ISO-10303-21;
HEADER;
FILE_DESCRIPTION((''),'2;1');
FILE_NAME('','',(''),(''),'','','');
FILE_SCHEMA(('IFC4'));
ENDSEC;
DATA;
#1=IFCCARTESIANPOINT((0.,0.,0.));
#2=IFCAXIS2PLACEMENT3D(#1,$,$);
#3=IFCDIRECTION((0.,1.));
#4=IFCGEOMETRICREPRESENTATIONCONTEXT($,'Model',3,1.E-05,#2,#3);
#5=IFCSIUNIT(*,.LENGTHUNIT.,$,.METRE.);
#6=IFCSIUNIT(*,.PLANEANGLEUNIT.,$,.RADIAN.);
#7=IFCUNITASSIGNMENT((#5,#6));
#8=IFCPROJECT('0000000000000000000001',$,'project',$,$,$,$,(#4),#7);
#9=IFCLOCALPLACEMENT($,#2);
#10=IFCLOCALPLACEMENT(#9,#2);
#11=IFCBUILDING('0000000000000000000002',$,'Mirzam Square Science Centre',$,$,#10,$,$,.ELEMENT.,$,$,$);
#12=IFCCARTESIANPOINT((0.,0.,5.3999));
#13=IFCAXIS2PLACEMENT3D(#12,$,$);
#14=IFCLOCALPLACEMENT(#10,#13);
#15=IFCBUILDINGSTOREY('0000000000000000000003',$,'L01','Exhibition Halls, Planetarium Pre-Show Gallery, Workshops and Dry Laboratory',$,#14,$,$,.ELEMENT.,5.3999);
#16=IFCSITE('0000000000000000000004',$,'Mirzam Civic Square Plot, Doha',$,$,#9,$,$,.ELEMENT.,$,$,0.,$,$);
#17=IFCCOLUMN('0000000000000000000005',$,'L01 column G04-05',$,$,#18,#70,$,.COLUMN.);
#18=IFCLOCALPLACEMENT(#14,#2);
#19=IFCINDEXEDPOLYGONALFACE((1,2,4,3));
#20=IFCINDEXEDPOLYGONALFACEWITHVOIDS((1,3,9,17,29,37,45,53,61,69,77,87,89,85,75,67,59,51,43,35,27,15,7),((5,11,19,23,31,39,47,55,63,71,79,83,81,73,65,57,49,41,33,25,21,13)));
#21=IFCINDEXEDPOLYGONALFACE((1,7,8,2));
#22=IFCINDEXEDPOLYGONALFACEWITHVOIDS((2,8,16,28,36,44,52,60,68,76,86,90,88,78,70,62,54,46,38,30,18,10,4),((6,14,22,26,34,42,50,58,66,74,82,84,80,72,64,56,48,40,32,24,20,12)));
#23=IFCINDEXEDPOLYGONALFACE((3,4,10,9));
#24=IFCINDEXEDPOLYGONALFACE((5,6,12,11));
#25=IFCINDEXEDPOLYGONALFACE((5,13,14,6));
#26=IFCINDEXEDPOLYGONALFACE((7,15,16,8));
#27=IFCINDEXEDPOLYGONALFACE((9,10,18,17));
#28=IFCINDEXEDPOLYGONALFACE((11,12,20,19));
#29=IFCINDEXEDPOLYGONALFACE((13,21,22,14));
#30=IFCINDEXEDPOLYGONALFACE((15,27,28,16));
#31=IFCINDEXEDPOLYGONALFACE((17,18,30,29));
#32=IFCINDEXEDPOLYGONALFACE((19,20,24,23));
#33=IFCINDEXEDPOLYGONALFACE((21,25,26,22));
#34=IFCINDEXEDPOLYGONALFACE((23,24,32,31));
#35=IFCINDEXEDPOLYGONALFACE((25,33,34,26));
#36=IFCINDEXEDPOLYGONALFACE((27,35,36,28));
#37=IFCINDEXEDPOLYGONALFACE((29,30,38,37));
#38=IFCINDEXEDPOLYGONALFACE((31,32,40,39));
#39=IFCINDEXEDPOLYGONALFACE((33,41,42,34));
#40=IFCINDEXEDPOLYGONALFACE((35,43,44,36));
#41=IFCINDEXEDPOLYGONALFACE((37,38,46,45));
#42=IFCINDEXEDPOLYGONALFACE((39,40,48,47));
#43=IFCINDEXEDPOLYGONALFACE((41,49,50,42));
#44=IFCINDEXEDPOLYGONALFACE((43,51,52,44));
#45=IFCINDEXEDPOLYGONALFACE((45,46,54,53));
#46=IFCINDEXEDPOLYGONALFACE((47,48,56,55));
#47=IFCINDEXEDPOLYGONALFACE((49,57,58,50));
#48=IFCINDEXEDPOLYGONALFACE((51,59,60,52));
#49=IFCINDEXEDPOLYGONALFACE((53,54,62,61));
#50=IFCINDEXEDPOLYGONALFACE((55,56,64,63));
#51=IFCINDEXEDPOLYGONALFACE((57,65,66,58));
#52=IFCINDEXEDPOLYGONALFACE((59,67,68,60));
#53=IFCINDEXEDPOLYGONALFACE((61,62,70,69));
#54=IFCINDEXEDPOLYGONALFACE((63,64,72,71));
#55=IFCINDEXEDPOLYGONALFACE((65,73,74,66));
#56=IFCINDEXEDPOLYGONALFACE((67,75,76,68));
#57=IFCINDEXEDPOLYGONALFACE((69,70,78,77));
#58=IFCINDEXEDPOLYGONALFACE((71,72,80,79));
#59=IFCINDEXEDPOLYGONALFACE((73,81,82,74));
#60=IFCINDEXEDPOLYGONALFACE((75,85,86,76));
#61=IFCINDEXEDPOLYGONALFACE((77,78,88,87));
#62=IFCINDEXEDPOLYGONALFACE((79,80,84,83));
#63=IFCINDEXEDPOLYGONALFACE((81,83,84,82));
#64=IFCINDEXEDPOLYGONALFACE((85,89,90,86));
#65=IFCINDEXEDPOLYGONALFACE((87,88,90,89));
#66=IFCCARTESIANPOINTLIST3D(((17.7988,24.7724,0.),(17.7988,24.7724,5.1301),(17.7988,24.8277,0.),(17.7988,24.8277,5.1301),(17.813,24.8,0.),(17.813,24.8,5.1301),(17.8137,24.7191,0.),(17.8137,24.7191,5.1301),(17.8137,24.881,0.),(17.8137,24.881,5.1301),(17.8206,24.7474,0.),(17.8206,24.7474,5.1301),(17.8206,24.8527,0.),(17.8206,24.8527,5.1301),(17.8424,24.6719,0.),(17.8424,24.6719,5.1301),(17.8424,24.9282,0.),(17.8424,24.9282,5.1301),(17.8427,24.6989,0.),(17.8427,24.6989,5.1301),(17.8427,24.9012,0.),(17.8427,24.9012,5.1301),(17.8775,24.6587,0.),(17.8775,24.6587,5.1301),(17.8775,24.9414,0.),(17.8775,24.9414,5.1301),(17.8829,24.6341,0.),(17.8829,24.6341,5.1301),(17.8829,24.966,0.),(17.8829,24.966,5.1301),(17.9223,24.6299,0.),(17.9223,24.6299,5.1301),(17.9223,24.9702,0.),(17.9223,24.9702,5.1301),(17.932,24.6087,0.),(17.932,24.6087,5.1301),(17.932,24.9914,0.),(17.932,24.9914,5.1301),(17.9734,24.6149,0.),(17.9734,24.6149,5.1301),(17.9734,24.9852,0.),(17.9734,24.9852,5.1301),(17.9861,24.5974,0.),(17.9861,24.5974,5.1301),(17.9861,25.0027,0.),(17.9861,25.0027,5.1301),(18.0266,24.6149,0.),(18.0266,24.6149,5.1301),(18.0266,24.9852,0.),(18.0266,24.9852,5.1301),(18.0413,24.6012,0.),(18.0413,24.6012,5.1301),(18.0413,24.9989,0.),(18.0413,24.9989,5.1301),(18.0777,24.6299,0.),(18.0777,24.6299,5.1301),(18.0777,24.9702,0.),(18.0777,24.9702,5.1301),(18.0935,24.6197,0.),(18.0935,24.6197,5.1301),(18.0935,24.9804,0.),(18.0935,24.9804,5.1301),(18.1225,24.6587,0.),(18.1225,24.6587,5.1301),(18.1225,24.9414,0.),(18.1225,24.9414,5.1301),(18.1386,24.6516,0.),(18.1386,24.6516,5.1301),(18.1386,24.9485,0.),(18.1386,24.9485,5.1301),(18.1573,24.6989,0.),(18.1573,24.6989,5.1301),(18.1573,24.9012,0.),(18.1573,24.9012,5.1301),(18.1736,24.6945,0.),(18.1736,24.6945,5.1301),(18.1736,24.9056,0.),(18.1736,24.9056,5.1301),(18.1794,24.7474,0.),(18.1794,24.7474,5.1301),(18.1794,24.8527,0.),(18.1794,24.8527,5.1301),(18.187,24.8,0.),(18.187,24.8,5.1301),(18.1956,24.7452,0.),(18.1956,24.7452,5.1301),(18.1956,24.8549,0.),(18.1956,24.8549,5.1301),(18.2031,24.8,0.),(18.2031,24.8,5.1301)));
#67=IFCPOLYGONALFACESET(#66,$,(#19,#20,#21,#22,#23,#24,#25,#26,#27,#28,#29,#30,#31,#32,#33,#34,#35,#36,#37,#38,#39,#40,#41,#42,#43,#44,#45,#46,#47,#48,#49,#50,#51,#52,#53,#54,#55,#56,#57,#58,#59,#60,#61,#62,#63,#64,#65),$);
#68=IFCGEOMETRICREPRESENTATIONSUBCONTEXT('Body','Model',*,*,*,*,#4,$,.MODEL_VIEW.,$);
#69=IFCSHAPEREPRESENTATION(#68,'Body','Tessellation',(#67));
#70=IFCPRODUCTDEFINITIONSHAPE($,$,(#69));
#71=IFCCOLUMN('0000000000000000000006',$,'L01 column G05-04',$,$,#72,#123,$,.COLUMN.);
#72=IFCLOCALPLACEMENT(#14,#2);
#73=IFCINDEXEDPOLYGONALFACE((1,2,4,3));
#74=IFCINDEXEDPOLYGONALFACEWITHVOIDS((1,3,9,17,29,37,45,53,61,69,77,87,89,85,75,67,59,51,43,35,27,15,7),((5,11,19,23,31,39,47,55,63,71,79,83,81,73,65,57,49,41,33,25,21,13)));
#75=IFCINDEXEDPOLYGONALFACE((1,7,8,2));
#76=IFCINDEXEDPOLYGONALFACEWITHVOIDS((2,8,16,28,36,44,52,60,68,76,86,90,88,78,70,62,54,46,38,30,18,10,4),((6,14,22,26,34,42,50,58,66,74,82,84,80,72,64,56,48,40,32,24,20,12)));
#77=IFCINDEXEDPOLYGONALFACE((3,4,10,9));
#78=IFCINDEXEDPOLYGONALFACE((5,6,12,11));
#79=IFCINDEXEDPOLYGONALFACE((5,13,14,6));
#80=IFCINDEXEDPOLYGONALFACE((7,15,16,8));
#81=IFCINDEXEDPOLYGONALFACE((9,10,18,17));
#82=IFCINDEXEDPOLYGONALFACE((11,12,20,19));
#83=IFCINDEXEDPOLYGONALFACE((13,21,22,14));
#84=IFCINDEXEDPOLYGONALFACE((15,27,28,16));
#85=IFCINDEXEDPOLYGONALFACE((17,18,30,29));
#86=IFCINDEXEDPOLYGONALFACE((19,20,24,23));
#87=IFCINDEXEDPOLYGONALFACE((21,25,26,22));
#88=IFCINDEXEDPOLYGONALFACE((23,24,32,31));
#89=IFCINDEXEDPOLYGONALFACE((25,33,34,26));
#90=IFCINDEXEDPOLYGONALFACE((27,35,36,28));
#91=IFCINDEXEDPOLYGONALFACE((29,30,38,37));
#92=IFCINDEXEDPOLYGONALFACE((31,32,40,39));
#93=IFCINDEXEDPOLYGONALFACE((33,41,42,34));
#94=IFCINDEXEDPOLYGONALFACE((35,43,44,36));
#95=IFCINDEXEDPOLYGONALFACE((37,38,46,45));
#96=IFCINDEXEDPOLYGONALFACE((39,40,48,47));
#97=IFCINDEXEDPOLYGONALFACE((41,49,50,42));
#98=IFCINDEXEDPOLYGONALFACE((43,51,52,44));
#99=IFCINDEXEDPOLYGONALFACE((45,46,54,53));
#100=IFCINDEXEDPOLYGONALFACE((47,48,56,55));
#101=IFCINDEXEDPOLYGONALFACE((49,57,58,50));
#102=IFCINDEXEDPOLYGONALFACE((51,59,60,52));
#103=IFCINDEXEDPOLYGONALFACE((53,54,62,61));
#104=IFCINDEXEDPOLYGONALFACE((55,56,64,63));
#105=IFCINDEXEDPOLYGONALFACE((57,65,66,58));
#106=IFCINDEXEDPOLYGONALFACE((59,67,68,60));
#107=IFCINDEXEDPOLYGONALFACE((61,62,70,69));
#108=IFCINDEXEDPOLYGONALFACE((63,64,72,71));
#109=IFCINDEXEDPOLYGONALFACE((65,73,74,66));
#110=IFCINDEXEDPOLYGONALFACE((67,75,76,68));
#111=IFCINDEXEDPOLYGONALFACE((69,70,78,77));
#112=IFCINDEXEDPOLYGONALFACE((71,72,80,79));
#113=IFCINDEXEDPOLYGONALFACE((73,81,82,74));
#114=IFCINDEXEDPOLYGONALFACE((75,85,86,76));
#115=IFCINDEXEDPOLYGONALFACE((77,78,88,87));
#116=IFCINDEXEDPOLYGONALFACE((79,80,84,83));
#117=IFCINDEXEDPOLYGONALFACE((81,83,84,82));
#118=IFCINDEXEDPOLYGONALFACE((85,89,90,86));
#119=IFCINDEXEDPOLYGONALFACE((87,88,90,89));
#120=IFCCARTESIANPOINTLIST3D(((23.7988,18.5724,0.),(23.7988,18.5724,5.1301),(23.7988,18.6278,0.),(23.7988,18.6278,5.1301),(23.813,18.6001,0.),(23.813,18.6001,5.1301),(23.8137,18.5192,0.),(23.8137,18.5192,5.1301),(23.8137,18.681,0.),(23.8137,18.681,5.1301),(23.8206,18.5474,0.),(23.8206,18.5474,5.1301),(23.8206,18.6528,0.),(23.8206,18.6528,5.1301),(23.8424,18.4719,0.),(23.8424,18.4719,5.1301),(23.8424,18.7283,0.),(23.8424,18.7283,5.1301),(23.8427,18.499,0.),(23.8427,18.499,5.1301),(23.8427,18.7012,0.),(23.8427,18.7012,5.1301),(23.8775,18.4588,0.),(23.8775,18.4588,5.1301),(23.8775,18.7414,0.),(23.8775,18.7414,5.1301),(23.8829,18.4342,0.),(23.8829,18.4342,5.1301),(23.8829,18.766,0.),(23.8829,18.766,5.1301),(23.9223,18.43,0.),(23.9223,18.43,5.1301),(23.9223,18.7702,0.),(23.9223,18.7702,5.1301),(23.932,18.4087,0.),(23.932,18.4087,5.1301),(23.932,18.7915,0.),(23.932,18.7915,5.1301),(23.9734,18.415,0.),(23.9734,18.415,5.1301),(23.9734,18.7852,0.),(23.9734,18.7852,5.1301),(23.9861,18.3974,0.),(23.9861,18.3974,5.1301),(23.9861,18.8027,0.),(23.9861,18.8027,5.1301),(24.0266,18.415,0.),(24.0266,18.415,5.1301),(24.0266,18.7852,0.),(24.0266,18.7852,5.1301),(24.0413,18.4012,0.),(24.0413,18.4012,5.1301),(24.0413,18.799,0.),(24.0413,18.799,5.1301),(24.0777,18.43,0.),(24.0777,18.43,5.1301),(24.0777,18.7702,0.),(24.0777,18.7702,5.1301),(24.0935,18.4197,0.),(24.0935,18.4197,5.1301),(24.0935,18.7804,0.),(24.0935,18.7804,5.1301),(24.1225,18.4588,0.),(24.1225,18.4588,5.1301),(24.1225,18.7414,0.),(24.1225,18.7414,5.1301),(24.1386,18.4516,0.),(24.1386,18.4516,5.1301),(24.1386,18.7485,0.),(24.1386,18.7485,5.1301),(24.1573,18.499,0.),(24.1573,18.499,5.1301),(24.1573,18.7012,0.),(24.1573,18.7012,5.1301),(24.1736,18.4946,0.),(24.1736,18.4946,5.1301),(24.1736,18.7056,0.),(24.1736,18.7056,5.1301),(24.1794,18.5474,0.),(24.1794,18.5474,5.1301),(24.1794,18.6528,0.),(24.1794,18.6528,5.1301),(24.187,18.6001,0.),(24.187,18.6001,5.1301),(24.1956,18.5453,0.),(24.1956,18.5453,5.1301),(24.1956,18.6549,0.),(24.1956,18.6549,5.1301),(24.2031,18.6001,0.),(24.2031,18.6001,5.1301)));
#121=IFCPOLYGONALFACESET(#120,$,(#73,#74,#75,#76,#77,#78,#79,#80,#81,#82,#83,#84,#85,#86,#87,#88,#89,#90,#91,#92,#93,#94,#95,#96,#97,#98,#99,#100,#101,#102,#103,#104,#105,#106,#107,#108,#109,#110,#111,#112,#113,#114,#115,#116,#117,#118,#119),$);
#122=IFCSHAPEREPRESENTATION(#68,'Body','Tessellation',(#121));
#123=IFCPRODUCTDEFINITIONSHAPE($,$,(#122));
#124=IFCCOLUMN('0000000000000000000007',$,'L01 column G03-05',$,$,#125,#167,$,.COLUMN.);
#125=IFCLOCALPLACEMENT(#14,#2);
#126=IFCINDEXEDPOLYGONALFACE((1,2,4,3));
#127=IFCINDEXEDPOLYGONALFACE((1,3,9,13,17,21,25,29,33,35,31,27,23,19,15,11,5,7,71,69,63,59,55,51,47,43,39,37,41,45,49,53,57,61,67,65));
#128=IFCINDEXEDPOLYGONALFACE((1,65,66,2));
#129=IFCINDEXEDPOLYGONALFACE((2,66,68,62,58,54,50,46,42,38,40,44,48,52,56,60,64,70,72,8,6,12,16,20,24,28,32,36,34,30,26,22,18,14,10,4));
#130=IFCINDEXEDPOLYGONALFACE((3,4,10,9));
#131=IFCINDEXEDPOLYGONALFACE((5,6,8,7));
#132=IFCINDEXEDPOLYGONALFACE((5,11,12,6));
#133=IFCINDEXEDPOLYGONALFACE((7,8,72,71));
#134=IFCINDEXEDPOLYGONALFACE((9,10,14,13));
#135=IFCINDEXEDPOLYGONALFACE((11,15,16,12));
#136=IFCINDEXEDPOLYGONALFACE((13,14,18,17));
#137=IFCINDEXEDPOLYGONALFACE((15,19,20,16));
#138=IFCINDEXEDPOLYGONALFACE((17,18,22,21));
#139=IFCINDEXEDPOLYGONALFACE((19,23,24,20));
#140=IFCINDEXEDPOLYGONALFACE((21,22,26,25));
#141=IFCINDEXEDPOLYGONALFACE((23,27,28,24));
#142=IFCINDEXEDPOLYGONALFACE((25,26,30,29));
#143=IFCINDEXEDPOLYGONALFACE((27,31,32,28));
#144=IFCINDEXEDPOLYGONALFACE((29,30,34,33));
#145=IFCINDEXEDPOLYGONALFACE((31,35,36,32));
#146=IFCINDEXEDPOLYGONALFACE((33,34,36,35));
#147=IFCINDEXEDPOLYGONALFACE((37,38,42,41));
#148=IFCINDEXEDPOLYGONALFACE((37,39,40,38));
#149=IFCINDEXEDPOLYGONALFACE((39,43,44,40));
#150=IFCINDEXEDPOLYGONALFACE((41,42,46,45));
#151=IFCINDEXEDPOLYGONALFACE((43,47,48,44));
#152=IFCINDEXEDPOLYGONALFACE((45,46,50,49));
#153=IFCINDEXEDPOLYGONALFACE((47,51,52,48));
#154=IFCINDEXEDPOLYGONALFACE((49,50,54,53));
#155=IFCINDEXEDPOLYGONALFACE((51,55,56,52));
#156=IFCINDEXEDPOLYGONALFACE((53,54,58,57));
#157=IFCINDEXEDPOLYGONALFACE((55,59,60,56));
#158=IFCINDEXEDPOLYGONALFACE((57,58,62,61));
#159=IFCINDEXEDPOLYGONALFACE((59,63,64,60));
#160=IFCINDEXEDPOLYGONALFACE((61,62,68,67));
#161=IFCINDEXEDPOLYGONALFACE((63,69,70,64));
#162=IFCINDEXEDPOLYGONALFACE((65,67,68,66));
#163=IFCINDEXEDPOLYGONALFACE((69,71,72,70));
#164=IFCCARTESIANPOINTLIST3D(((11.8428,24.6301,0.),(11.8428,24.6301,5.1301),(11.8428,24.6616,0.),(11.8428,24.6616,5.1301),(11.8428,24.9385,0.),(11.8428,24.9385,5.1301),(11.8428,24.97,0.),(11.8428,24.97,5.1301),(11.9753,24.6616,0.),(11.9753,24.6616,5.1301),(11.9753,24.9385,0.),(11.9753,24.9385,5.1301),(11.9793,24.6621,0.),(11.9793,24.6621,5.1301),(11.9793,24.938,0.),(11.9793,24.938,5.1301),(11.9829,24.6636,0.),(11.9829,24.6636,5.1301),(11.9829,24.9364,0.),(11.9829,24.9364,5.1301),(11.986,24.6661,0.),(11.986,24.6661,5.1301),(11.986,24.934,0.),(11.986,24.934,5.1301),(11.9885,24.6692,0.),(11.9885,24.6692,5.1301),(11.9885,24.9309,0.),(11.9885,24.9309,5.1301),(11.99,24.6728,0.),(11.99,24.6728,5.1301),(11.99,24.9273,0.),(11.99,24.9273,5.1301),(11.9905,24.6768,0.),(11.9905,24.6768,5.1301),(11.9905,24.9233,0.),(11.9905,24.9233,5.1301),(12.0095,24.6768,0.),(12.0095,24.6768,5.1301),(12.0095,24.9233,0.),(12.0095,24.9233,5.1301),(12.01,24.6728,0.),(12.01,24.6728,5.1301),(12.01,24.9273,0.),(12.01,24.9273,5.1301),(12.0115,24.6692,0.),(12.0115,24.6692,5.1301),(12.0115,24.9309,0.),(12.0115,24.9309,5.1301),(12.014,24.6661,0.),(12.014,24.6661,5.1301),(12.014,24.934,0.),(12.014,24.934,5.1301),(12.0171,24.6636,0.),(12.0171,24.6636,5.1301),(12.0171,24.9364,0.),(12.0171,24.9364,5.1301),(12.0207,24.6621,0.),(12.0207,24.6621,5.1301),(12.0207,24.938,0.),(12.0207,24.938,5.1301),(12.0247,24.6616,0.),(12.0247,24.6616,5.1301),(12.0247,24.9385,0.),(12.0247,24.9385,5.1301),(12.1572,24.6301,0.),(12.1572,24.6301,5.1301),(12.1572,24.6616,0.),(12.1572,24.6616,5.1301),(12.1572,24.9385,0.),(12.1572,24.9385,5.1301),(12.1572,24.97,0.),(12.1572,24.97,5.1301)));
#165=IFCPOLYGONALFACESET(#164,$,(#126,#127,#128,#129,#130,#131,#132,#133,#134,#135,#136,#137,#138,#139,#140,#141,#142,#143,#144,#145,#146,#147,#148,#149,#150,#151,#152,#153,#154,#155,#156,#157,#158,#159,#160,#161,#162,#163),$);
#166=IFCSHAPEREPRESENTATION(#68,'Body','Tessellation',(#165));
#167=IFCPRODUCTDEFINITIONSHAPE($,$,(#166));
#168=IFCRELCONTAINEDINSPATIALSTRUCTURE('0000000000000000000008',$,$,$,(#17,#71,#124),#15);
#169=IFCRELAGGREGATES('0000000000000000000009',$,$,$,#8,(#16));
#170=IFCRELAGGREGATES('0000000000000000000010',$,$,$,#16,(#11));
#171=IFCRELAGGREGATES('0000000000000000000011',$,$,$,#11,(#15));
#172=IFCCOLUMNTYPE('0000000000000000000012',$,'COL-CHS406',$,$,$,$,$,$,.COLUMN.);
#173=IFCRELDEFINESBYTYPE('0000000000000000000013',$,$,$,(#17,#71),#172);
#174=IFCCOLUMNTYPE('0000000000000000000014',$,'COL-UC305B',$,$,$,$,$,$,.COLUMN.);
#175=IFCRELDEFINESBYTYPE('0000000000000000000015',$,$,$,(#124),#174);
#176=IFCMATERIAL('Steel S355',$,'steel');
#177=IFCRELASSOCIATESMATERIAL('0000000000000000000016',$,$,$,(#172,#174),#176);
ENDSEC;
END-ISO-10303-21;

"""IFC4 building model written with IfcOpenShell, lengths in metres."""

from ifc_helpers import new_model, si_unit, direction, frame, origin, origin_2d, place, context, subcontext, project, spatial, hollow_circle, i_section, extrude, material, material_profile, profile_set, type_object, element, save


model = new_model("IFC4")

# Units and contexts
model_context = context("Model", 3, precision=1e-05, world=origin(), true_north=direction((0.0, 1.0)))
body_context = subcontext(model_context, "Body", "Model", "MODEL_VIEW")
ifc_project = project(units=[si_unit("LENGTHUNIT", "METRE"), si_unit("PLANEANGLEUNIT", "RADIAN")], contexts=[model_context])

# Site, building, storey
site_placement = place(None, origin())
site = spatial("IfcSite", under=ifc_project, at=site_placement, Name="Mirzam Civic Square Plot, Doha", CompositionType="ELEMENT", RefElevation=0.0)
building_placement = place(site_placement, origin())
building = spatial("IfcBuilding", under=site, at=building_placement, Name="Mirzam Square Science Centre", CompositionType="ELEMENT")
storey_placement = place(building_placement, frame((0.0, 0.0, 5.3999)))
storey = spatial("IfcBuildingStorey", under=building, at=storey_placement, Name="L01", Description="Exhibition Halls, Planetarium Pre-Show Gallery, Workshops and Dry Laboratory", CompositionType="ELEMENT", Elevation=5.3999)

# Columns
ifc_material_1 = material(Name="Steel S355", Category="steel")
ifc_material_profile_1 = material_profile(ifc_material_1, hollow_circle(Radius=0.2031, WallThickness=0.0161, at=origin_2d()), Name="406.4x16.0CHS")
ifc_profile_set_1 = profile_set([ifc_material_profile_1], Name="Steel S355")
column_type_1 = type_object("IfcColumnType", Name="COL-CHS406", PredefinedType="COLUMN", material=ifc_profile_set_1)
for number, where, z_axis, x_axis, name in (
    (1, (18.0, 24.8, 0.0), (0.0, 0.0, 1.0), (1.0, 0.0, 0.0), "L01 column G04-05"),
    (2, (24.0, 18.6001, 0.0), (0.0, 0.0, 1.0), (1.0, 0.0, 0.0), "L01 column G05-04"),
):
    element("IfcColumn", number, at=place(storey_placement, frame(where, z_axis=z_axis, x_axis=x_axis)), inside=storey, type_object=column_type_1, Name=name, PredefinedType="COLUMN", context=body_context, shape_type="SweptSolid", body=[
        extrude(hollow_circle(Radius=0.2031, WallThickness=0.0161, at=origin_2d()), origin(), (0.0, 0.0, 1.0), 5.1301),
    ])
ifc_material_profile_2 = material_profile(ifc_material_1, i_section(OverallWidth=0.3145, OverallDepth=0.3398, WebThickness=0.019, FlangeThickness=0.0315, FilletRadius=0.0151, at=origin_2d()), Name="305x305x198UC")
ifc_profile_set_2 = profile_set([ifc_material_profile_2], Name="Steel S355")
column_type_2 = type_object("IfcColumnType", Name="COL-UC305B", PredefinedType="COLUMN", material=ifc_profile_set_2)
for number, where, z_axis, x_axis, name in (
    (3, (12.0, 24.8, 0.0), (0.0, 0.0, 1.0), (1.0, 0.0, 0.0), "L01 column G03-05"),
):
    element("IfcColumn", number, at=place(storey_placement, frame(where, z_axis=z_axis, x_axis=x_axis)), inside=storey, type_object=column_type_2, Name=name, PredefinedType="COLUMN", context=body_context, shape_type="SweptSolid", body=[
        extrude(i_section(OverallWidth=0.3145, OverallDepth=0.3398, WebThickness=0.019, FlangeThickness=0.0315, FilletRadius=0.0151, at=origin_2d()), origin(), (0.0, 0.0, 1.0), 5.1301),
    ])

save(model, "model.ifc")
